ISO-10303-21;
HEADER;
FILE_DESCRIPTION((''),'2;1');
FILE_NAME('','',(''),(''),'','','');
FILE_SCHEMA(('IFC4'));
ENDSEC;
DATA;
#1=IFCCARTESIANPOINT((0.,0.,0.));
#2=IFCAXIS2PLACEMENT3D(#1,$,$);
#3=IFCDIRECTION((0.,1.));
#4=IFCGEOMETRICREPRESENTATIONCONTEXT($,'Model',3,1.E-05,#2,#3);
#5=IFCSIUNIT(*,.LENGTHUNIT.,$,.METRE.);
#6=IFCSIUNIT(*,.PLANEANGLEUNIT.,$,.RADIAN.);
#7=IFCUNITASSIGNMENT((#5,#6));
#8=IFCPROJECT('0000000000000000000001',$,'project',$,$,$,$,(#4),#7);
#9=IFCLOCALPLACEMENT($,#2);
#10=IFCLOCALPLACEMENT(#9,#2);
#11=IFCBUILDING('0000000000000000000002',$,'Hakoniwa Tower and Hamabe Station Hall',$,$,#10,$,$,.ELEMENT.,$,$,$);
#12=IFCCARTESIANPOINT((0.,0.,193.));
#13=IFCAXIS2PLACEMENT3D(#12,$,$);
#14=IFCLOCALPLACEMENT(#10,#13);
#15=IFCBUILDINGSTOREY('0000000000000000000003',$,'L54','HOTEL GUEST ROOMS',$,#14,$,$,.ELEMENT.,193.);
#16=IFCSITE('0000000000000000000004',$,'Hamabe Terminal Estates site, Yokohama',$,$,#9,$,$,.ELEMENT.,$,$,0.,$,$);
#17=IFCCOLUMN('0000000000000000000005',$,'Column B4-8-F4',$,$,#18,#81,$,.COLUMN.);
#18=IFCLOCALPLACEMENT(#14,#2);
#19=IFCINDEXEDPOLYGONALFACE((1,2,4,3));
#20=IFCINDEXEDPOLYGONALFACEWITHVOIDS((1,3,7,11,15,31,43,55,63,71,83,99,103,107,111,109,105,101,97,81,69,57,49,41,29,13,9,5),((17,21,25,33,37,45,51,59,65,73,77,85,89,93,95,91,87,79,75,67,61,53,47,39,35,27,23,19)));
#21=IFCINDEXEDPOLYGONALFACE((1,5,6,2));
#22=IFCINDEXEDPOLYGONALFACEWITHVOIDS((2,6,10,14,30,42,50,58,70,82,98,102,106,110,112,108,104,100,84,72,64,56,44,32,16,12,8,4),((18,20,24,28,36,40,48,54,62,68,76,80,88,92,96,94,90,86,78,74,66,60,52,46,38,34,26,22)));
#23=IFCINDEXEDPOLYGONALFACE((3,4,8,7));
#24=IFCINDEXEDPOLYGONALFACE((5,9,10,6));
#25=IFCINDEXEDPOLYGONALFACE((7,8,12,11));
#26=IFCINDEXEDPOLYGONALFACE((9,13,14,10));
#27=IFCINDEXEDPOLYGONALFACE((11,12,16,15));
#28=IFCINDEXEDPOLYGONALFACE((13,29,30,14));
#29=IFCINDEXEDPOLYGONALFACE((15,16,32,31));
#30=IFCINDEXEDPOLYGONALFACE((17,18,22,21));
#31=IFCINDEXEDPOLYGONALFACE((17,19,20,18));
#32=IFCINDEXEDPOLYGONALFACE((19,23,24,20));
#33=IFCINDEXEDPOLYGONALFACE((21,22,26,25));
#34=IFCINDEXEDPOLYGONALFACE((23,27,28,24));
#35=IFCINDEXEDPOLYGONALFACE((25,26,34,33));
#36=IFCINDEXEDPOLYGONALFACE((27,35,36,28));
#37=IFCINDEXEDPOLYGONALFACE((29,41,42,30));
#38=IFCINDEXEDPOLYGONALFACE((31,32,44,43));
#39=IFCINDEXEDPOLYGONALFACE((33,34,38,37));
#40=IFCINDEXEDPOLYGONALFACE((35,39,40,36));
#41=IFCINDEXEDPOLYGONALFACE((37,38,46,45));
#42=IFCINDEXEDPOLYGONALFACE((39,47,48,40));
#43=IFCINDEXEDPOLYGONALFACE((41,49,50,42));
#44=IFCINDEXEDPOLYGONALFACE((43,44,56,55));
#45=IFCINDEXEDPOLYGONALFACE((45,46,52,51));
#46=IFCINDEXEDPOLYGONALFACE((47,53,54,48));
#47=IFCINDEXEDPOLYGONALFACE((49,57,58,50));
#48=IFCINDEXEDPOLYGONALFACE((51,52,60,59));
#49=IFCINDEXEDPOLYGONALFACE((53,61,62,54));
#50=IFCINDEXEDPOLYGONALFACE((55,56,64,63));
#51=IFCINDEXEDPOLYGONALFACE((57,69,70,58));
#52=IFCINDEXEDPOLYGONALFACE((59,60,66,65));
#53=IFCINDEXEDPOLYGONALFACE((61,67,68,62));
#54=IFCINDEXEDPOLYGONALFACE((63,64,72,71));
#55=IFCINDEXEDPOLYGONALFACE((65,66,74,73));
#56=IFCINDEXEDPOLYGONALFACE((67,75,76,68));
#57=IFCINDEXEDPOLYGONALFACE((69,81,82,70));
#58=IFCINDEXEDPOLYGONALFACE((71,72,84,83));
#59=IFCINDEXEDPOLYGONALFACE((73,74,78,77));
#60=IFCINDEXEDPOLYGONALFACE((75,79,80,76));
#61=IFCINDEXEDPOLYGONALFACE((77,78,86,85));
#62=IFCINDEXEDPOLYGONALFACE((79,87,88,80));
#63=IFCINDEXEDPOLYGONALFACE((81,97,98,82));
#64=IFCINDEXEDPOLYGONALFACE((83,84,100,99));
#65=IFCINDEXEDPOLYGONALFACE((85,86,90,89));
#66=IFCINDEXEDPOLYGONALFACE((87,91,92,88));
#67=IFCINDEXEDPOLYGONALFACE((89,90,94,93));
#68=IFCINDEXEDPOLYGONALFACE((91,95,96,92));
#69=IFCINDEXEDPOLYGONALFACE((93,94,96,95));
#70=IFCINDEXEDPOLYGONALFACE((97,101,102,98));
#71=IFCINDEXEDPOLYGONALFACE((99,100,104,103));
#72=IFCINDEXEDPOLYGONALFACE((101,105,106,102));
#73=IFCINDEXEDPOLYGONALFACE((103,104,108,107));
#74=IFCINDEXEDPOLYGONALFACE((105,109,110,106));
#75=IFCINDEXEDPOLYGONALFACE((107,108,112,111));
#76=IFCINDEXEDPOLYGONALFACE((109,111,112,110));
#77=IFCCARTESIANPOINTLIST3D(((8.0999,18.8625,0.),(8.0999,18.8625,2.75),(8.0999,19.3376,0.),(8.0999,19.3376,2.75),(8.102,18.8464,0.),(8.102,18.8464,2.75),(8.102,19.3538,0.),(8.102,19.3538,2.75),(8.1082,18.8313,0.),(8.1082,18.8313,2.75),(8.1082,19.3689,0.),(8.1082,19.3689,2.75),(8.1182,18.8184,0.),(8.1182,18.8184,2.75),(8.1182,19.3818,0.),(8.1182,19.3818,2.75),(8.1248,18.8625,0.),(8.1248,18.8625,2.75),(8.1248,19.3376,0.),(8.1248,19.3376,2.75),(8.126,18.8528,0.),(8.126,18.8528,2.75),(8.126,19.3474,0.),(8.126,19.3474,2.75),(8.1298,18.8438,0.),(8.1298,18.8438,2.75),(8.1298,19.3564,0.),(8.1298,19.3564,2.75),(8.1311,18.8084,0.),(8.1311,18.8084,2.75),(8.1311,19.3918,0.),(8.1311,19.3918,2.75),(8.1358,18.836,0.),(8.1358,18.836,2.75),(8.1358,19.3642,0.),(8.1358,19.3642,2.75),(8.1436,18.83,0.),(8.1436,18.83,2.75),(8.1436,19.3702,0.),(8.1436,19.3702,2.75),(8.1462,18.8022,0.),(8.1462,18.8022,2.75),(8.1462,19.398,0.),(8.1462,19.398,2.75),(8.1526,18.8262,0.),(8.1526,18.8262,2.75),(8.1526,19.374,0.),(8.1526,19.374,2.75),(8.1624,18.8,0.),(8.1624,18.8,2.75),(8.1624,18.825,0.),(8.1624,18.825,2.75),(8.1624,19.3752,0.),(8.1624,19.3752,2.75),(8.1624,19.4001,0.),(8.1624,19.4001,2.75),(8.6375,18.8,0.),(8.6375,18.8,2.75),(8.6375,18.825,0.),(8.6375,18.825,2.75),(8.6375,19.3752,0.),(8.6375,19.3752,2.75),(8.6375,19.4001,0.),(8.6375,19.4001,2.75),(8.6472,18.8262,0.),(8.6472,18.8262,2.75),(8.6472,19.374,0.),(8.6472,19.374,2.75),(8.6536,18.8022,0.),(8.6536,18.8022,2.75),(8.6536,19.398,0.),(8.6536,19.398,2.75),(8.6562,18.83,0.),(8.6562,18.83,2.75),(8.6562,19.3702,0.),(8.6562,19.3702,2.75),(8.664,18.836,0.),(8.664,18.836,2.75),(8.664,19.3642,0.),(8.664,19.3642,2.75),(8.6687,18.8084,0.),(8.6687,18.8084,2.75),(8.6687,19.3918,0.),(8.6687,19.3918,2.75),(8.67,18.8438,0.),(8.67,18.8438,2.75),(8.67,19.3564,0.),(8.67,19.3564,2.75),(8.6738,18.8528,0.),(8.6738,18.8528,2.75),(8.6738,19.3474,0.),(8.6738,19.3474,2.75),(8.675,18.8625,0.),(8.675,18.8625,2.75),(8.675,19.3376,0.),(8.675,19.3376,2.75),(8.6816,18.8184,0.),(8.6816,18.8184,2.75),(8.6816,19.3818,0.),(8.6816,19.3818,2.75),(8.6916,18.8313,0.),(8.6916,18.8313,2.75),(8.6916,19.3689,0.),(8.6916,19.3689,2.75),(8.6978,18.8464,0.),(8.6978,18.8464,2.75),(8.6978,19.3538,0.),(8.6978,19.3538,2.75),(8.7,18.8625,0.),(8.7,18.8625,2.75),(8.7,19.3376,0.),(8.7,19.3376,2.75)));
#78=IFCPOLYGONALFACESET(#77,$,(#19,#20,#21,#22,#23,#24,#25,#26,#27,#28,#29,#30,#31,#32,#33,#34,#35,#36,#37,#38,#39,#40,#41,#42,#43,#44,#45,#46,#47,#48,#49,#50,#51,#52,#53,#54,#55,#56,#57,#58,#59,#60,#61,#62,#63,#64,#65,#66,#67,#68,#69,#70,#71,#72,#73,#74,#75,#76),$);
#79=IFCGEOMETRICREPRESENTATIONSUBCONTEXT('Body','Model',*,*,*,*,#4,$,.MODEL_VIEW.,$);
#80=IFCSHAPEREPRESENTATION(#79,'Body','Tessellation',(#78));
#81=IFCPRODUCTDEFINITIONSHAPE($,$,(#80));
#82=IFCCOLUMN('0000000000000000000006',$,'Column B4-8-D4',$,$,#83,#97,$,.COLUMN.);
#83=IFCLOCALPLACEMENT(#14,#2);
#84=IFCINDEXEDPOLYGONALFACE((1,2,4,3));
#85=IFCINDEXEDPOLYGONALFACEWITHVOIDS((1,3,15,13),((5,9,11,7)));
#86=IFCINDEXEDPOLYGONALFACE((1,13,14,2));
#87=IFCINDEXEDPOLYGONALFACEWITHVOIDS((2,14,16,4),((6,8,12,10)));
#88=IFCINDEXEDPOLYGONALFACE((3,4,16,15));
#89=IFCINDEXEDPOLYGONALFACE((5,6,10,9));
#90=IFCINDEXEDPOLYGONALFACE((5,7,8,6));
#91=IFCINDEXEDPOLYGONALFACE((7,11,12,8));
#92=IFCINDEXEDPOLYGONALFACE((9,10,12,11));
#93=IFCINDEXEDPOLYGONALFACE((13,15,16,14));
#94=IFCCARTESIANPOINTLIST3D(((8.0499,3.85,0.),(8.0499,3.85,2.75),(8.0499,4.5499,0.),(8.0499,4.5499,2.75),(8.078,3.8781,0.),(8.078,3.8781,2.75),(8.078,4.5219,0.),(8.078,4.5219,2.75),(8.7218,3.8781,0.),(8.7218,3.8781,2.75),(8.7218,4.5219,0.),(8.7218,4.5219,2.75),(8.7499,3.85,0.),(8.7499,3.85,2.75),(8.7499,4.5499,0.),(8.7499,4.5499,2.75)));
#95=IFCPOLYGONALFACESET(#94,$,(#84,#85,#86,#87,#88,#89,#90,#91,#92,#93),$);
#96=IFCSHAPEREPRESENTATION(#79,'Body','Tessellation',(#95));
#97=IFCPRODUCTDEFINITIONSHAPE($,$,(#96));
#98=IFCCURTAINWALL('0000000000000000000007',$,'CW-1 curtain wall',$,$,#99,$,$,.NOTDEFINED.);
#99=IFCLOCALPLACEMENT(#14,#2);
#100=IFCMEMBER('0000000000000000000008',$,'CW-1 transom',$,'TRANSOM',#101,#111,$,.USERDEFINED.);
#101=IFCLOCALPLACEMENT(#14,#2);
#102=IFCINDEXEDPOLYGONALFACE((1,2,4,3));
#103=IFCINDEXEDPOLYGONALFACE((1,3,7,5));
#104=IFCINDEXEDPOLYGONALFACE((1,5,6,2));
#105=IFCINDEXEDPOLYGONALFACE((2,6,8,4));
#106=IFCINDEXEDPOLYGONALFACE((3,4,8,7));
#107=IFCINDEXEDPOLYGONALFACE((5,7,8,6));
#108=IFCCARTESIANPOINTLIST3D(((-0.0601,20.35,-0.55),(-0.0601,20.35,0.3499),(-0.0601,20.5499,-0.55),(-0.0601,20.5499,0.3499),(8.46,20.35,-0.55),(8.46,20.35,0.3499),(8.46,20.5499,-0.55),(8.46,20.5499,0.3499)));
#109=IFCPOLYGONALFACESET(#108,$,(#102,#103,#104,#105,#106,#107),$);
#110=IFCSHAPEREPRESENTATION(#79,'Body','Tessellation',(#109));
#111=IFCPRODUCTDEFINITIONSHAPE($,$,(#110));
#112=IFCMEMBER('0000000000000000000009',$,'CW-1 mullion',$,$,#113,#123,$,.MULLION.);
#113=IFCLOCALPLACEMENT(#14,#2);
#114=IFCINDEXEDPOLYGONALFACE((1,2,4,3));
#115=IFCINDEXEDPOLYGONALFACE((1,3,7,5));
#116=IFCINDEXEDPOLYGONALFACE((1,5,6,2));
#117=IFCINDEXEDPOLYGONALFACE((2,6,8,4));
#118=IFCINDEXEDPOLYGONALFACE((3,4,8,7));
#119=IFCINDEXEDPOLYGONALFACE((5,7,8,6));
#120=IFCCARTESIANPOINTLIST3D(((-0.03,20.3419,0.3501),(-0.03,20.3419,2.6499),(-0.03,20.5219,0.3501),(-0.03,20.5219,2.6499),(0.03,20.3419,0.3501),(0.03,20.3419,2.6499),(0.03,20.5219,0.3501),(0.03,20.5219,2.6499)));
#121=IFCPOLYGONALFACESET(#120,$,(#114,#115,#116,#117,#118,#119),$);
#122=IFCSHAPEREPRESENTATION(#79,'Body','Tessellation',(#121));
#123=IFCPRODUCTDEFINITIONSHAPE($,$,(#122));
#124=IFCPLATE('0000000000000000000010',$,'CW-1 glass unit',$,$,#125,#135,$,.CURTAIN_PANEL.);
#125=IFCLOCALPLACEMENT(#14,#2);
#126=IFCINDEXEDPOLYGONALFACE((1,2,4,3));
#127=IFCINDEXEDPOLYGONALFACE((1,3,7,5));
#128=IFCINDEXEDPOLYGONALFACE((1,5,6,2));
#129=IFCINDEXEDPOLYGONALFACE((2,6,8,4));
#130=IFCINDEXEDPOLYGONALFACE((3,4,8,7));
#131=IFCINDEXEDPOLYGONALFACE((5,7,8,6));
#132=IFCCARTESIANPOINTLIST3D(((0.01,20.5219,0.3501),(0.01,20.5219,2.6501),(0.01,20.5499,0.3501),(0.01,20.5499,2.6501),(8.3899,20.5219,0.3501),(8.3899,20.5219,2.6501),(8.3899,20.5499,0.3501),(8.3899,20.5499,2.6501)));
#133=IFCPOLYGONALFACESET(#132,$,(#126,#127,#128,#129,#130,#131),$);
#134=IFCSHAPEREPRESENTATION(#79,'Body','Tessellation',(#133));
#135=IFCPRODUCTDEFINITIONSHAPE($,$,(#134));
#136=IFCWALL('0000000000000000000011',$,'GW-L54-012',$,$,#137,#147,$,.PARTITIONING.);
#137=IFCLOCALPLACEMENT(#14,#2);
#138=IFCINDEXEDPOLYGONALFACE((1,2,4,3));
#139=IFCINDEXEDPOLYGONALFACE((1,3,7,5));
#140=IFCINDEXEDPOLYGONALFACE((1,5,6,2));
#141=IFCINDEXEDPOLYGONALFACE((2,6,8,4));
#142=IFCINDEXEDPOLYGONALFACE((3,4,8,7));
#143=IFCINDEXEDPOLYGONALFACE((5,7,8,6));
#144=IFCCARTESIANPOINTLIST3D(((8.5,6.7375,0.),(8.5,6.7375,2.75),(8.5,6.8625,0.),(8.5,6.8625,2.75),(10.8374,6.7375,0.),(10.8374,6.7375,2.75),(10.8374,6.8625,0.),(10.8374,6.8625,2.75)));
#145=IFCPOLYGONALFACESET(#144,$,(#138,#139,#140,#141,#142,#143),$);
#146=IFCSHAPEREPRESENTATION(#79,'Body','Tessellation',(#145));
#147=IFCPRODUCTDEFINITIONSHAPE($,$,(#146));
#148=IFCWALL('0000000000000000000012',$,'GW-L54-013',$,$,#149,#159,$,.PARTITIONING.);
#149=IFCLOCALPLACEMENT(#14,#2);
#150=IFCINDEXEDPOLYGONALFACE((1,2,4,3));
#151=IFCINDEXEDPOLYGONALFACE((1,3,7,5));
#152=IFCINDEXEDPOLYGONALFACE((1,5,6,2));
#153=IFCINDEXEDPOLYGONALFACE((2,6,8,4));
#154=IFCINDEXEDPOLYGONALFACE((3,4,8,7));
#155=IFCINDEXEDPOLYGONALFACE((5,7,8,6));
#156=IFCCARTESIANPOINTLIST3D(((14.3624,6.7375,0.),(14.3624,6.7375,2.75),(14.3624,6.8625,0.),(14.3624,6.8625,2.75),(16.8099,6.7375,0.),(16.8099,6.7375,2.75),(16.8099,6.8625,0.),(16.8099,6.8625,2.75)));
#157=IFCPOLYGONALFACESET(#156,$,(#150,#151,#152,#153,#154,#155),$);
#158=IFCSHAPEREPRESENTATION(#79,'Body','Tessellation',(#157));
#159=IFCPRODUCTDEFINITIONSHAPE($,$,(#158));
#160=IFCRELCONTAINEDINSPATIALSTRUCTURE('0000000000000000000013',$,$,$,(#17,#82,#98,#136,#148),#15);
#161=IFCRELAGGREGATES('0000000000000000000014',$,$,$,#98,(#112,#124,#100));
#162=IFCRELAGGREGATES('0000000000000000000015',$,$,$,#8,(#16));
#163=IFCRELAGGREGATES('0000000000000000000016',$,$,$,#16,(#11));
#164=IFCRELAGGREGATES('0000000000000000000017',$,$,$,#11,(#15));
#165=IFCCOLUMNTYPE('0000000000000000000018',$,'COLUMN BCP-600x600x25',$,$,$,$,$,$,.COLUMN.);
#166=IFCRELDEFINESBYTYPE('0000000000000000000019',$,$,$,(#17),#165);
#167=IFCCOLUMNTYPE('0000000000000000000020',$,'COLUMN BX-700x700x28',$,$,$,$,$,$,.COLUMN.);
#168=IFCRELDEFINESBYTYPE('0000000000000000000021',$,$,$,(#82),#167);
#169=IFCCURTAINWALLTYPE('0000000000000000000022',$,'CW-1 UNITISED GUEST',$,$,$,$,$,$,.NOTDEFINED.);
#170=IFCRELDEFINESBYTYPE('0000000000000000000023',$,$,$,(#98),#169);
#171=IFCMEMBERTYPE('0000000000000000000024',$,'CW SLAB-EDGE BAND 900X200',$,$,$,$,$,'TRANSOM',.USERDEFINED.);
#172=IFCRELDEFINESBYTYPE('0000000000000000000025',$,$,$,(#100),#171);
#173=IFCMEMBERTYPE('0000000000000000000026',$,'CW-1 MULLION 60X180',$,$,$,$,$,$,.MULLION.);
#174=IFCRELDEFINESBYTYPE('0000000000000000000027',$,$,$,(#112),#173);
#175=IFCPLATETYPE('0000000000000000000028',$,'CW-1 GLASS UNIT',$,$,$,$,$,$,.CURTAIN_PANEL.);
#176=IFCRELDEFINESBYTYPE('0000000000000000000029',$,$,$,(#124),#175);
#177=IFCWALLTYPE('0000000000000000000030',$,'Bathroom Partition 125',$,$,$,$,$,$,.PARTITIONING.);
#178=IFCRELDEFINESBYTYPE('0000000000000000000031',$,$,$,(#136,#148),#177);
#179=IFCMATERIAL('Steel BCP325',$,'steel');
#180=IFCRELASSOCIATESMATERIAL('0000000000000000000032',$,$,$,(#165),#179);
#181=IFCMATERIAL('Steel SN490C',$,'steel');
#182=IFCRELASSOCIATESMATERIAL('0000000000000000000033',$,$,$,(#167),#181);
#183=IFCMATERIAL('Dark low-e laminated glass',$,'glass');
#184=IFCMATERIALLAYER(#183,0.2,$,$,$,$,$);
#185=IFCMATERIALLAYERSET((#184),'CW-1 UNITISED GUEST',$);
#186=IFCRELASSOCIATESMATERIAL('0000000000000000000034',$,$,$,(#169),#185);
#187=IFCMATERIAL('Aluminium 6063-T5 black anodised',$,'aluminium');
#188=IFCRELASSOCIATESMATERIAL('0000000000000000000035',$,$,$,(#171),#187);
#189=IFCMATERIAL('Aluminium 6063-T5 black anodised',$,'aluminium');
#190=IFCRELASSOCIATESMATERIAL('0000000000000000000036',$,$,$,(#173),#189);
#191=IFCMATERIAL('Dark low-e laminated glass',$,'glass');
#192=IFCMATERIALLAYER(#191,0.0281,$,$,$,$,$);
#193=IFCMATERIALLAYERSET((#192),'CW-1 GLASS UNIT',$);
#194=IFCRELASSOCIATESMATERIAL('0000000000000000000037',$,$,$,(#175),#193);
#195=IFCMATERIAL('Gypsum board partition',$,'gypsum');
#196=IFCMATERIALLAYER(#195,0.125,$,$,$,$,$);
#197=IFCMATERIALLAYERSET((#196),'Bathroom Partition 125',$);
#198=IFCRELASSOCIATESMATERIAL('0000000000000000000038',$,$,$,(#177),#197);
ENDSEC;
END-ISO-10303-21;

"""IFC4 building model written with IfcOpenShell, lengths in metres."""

from ifc_helpers import new_model, si_unit, direction, frame, frame_2d, origin, origin_2d, place, context, subcontext, project, spatial, rectangle, hollow_rectangle, extrude, material, layer, layer_set, material_profile, profile_set, type_object, element, aggregate, save


model = new_model("IFC4")

# Units and contexts
model_context = context("Model", 3, precision=1e-05, world=origin(), true_north=direction((0.0, 1.0)))
body_context = subcontext(model_context, "Body", "Model", "MODEL_VIEW")
ifc_project = project(units=[si_unit("LENGTHUNIT", "METRE"), si_unit("PLANEANGLEUNIT", "RADIAN")], contexts=[model_context])

# Site, building, storey
site_placement = place(None, origin())
site = spatial("IfcSite", under=ifc_project, at=site_placement, Name="Hamabe Terminal Estates site, Yokohama", CompositionType="ELEMENT", RefElevation=0.0)
building_placement = place(site_placement, origin())
building = spatial("IfcBuilding", under=site, at=building_placement, Name="Hakoniwa Tower and Hamabe Station Hall", CompositionType="ELEMENT")
storey_placement = place(building_placement, frame((0.0, 0.0, 193.0)))
storey = spatial("IfcBuildingStorey", under=building, at=storey_placement, Name="L54", Description="HOTEL GUEST ROOMS", CompositionType="ELEMENT", Elevation=193.0)

# Columns
ifc_material_1 = material(Name="Steel BCP325", Category="steel")
ifc_material_profile_1 = material_profile(ifc_material_1, hollow_rectangle(XDim=0.6001, YDim=0.6001, WallThickness=0.0249, InnerFilletRadius=0.0376, OuterFilletRadius=0.0625, at=origin_2d()), Name="BCP-600x600x25")
ifc_profile_set_1 = profile_set([ifc_material_profile_1], Name="Steel BCP325")
column_type_1 = type_object("IfcColumnType", Name="COLUMN BCP-600x600x25", PredefinedType="COLUMN", material=ifc_profile_set_1)
column_1_placement = place(storey_placement, frame((8.3999, 19.1001, 0.0), z_axis=(0.0, 0.0, 1.0), x_axis=(1.0, 0.0, 0.0)))
element("IfcColumn", 1, at=column_1_placement, inside=storey, type_object=column_type_1, Name="Column B4-8-F4", PredefinedType="COLUMN", context=body_context, shape_type="SweptSolid", body=[
    extrude(hollow_rectangle(XDim=0.6001, YDim=0.6001, WallThickness=0.0249, InnerFilletRadius=0.0376, OuterFilletRadius=0.0625, at=origin_2d()), origin(), (0.0, 0.0, 1.0), 2.75),
])
ifc_material_2 = material(Name="Steel SN490C", Category="steel")
ifc_material_profile_2 = material_profile(ifc_material_2, hollow_rectangle(XDim=0.7, YDim=0.7, WallThickness=0.0281, at=origin_2d()), Name="BX-700x700x28")
ifc_profile_set_2 = profile_set([ifc_material_profile_2], Name="Steel SN490C")
column_type_2 = type_object("IfcColumnType", Name="COLUMN BX-700x700x28", PredefinedType="COLUMN", material=ifc_profile_set_2)
column_2_placement = place(storey_placement, frame((8.3999, 4.2, 0.0), z_axis=(0.0, 0.0, 1.0), x_axis=(1.0, 0.0, 0.0)))
element("IfcColumn", 2, at=column_2_placement, inside=storey, type_object=column_type_2, Name="Column B4-8-D4", PredefinedType="COLUMN", context=body_context, shape_type="SweptSolid", body=[
    extrude(hollow_rectangle(XDim=0.7, YDim=0.7, WallThickness=0.0281, at=origin_2d()), origin(), (0.0, 0.0, 1.0), 2.75),
])

# Curtain wall, members, plate
ifc_material_3 = material(Name="Dark low-e laminated glass", Category="glass")
ifc_layer_1 = layer(ifc_material_3, 0.2)
ifc_layer_set_1 = layer_set([ifc_layer_1], Name="CW-1 UNITISED GUEST")
curtain_wall_type = type_object("IfcCurtainWallType", Name="CW-1 UNITISED GUEST", PredefinedType="NOTDEFINED", material=ifc_layer_set_1)
curtain_wall_placement = place(storey_placement, origin())
curtain_wall = element("IfcCurtainWall", 3, at=curtain_wall_placement, inside=storey, type_object=curtain_wall_type, Name="CW-1 curtain wall", PredefinedType="NOTDEFINED")
ifc_material_4 = material(Name="Aluminium 6063-T5 black anodised", Category="aluminium")
ifc_material_profile_3 = material_profile(ifc_material_4, rectangle(XDim=0.2, YDim=0.8999, at=origin_2d()), Name="CW SLAB-EDGE BAND 900X200")
ifc_profile_set_3 = profile_set([ifc_material_profile_3], Name="Aluminium 6063-T5 black anodised")
member_type_1 = type_object("IfcMemberType", Name="CW SLAB-EDGE BAND 900X200", ElementType="TRANSOM", PredefinedType="USERDEFINED", material=ifc_profile_set_3)
member_1_placement = place(storey_placement, frame((8.46, 20.45, -0.1001), z_axis=(-1.0, 0.0, 0.0), x_axis=(0.0, -1.0, 0.0)))
member_1 = element("IfcMember", 4, at=member_1_placement, type_object=member_type_1, Name="CW-1 transom", ObjectType="TRANSOM", PredefinedType="USERDEFINED", context=body_context, shape_type="SweptSolid", body=[
    extrude(rectangle(XDim=0.2, YDim=0.8999, at=origin_2d()), origin(), (0.0, 0.0, 1.0), 8.52),
])
ifc_material_5 = material(Name="Aluminium 6063-T5 black anodised", Category="aluminium")
ifc_material_profile_4 = material_profile(ifc_material_5, rectangle(XDim=0.0601, YDim=0.1799, at=origin_2d()), Name="CW-1 MULLION 60X180")
ifc_profile_set_4 = profile_set([ifc_material_profile_4], Name="Aluminium 6063-T5 black anodised")
member_type_2 = type_object("IfcMemberType", Name="CW-1 MULLION 60X180", PredefinedType="MULLION", material=ifc_profile_set_4)
member_2_placement = place(storey_placement, frame((0.0, 20.4319, 0.3501), z_axis=(0.0, 0.0, 1.0), x_axis=(-1.0, 0.0, 0.0)))
member_2 = element("IfcMember", 5, at=member_2_placement, type_object=member_type_2, Name="CW-1 mullion", PredefinedType="MULLION", context=body_context, shape_type="SweptSolid", body=[
    extrude(rectangle(XDim=0.0601, YDim=0.1799, at=origin_2d()), origin(), (0.0, 0.0, 1.0), 2.2998),
])
ifc_material_6 = material(Name="Dark low-e laminated glass", Category="glass")
ifc_layer_2 = layer(ifc_material_6, 0.0281)
ifc_layer_set_2 = layer_set([ifc_layer_2], Name="CW-1 GLASS UNIT")
plate_type = type_object("IfcPlateType", Name="CW-1 GLASS UNIT", PredefinedType="CURTAIN_PANEL", material=ifc_layer_set_2)
plate_placement = place(storey_placement, frame((4.2, 20.5359, 0.3501), z_axis=(0.0, 0.0, 1.0), x_axis=(-1.0, 0.0, 0.0)))
plate = element("IfcPlate", 6, at=plate_placement, type_object=plate_type, Name="CW-1 glass unit", PredefinedType="CURTAIN_PANEL", context=body_context, shape_type="SweptSolid", body=[
    extrude(rectangle(XDim=8.3799, YDim=0.0281, at=origin_2d()), origin(), (0.0, 0.0, 1.0), 2.3),
])

# Walls
ifc_material_7 = material(Name="Gypsum board partition", Category="gypsum")
ifc_layer_3 = layer(ifc_material_7, 0.125)
ifc_layer_set_3 = layer_set([ifc_layer_3], Name="Bathroom Partition 125")
wall_type_1 = type_object("IfcWallType", Name="Bathroom Partition 125", PredefinedType="PARTITIONING", material=ifc_layer_set_3)
wall_1_placement = place(storey_placement, frame((8.5, 6.8, 0.0), z_axis=(0.0, 0.0, 1.0), x_axis=(1.0, 0.0, 0.0)))
element("IfcWall", 7, at=wall_1_placement, inside=storey, type_object=wall_type_1, Name="GW-L54-012", PredefinedType="PARTITIONING", context=body_context, shape_type="SweptSolid", body=[
    extrude(rectangle(XDim=2.3374, YDim=0.125, at=frame_2d((1.1687, 0.0))), origin(), (0.0, 0.0, 1.0), 2.75),
])
wall_2_placement = place(storey_placement, frame((14.3625, 6.8, 0.0), z_axis=(0.0, 0.0, 1.0), x_axis=(1.0, 0.0, 0.0)))
element("IfcWall", 8, at=wall_2_placement, inside=storey, type_object=wall_type_1, Name="GW-L54-013", PredefinedType="PARTITIONING", context=body_context, shape_type="SweptSolid", body=[
    extrude(rectangle(XDim=2.4475, YDim=0.125, at=frame_2d((1.2236, 0.0))), origin(), (0.0, 0.0, 1.0), 2.75),
])

aggregate(curtain_wall, [member_2, plate, member_1])

save(model, "model.ifc")
